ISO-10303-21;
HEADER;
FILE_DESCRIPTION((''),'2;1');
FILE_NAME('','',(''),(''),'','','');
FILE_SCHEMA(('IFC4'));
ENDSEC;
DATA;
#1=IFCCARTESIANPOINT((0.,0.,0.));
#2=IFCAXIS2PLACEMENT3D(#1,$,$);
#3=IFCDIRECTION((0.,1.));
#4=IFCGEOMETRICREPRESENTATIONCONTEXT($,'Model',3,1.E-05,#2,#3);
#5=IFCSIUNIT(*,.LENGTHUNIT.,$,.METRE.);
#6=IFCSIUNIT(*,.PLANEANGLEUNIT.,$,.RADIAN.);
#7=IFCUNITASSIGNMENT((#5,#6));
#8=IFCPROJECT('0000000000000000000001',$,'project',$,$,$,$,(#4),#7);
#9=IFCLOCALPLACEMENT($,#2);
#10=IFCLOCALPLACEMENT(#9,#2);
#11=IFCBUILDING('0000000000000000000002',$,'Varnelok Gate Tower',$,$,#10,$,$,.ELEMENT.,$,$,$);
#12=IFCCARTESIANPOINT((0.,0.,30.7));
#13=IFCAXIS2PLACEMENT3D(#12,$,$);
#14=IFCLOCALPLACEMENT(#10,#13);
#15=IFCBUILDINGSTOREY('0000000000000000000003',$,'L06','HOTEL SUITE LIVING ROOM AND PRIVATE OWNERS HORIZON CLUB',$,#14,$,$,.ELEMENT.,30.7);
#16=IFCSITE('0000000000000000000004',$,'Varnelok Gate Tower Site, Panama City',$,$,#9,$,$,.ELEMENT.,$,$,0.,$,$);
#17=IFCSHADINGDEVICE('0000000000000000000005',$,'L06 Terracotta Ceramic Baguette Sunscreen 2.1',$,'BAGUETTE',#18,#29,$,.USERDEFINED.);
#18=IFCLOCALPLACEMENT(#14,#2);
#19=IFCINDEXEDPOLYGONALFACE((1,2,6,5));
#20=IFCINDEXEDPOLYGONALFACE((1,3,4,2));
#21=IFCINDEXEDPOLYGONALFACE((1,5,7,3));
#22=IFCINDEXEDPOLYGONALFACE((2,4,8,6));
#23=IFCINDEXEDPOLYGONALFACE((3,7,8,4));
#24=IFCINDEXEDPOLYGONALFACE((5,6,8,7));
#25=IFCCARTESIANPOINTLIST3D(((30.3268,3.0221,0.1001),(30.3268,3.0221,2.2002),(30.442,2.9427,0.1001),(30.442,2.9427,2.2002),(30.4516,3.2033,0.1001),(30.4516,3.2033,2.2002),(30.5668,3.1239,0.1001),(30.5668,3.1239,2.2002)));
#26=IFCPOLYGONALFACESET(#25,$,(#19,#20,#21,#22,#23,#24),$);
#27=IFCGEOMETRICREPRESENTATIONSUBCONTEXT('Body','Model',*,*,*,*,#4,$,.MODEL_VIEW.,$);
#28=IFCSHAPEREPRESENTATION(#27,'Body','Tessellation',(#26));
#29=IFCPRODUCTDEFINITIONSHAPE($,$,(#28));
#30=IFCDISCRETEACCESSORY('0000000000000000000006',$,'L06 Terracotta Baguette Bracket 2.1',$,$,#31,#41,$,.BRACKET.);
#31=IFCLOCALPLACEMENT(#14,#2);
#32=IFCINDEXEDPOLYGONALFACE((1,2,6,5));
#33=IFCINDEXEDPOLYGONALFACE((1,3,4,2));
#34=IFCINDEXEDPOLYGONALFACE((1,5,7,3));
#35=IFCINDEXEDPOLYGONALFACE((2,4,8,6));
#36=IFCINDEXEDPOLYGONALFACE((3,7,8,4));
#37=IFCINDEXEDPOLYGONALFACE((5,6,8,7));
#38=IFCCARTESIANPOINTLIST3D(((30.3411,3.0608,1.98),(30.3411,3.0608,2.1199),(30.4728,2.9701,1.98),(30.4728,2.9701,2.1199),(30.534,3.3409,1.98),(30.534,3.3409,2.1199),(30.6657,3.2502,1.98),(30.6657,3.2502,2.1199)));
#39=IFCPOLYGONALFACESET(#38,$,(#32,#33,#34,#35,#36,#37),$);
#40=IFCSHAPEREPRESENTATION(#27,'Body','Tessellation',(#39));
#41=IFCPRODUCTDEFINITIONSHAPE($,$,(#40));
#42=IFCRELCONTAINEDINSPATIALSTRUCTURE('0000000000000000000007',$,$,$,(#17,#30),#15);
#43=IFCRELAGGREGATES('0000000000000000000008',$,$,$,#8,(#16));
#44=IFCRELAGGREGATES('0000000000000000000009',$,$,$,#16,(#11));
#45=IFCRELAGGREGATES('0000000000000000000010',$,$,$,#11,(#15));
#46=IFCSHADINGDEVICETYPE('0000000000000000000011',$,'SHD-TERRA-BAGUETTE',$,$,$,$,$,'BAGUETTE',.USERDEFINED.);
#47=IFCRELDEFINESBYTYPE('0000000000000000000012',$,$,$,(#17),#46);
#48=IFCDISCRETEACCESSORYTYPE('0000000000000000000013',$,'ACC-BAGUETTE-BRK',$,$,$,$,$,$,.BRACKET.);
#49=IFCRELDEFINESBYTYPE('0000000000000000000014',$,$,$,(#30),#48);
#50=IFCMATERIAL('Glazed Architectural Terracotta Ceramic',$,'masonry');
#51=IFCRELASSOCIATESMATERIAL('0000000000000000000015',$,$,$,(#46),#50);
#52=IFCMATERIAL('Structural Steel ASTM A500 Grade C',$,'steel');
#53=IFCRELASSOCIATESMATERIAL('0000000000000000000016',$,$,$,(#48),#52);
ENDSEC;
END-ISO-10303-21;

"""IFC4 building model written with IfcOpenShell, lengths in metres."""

from ifc_helpers import new_model, si_unit, direction, frame, origin, origin_2d, place, context, subcontext, project, spatial, rectangle, extrude, source, transform, mapped, material, type_object, element, save


model = new_model("IFC4")

# Units and contexts
model_context = context("Model", 3, precision=1e-05, world=origin(), true_north=direction((0.0, 1.0)))
body_context = subcontext(model_context, "Body", "Model", "MODEL_VIEW")
ifc_project = project(units=[si_unit("LENGTHUNIT", "METRE"), si_unit("PLANEANGLEUNIT", "RADIAN")], contexts=[model_context])

# Site, building, storey
site_placement = place(None, origin())
site = spatial("IfcSite", under=ifc_project, at=site_placement, Name="Varnelok Gate Tower Site, Panama City", CompositionType="ELEMENT", RefElevation=0.0)
building_placement = place(site_placement, origin())
building = spatial("IfcBuilding", under=site, at=building_placement, Name="Varnelok Gate Tower", CompositionType="ELEMENT")
storey_placement = place(building_placement, frame((0.0, 0.0, 30.7)))
storey = spatial("IfcBuildingStorey", under=building, at=storey_placement, Name="L06", Description="HOTEL SUITE LIVING ROOM AND PRIVATE OWNERS HORIZON CLUB", CompositionType="ELEMENT", Elevation=30.7)

# Shading device
ifc_material_1 = material(Name="Glazed Architectural Terracotta Ceramic", Category="masonry")
shading_device_type = type_object("IfcShadingDeviceType", Name="SHD-TERRA-BAGUETTE", ElementType="BAGUETTE", PredefinedType="USERDEFINED", material=ifc_material_1)
shared_shape_1 = source(origin(), body_context, "Body", "SweptSolid", [
    extrude(rectangle(XDim=0.1399, YDim=0.22, at=origin_2d()), origin(), (0.0, 0.0, 1.0), 2.1001),
])
shading_device_placement = place(storey_placement, frame((30.4468, 3.073, 0.1001), z_axis=(0.0, 0.0, 1.0), x_axis=(0.823533, -0.567269, 0.0)))
element("IfcShadingDevice", 1, at=shading_device_placement, inside=storey, type_object=shading_device_type, Name="L06 Terracotta Ceramic Baguette Sunscreen 2.1", ObjectType="BAGUETTE", PredefinedType="USERDEFINED", context=body_context, shape_type="MappedRepresentation", body=[
    mapped(shared_shape_1, transform((0.0, 0.0, 0.0), scale=1.0)),
])

# Discrete accessory
ifc_material_2 = material(Name="Structural Steel ASTM A500 Grade C", Category="steel")
discrete_accessory_type = type_object("IfcDiscreteAccessoryType", Name="ACC-BAGUETTE-BRK", PredefinedType="BRACKET", material=ifc_material_2)
shared_shape_2 = source(origin(), body_context, "Body", "SweptSolid", [
    extrude(rectangle(XDim=0.1599, YDim=0.3401, at=origin_2d()), origin(), (0.0, 0.0, 1.0), 0.1399),
])
discrete_accessory_placement = place(storey_placement, frame((30.5034, 3.1555, 1.98), z_axis=(0.0, 0.0, 1.0), x_axis=(0.823533, -0.567269, 0.0)))
element("IfcDiscreteAccessory", 2, at=discrete_accessory_placement, inside=storey, type_object=discrete_accessory_type, Name="L06 Terracotta Baguette Bracket 2.1", PredefinedType="BRACKET", context=body_context, shape_type="MappedRepresentation", body=[
    mapped(shared_shape_2, transform((0.0, 0.0, 0.0), scale=1.0)),
])

save(model, "model.ifc")
